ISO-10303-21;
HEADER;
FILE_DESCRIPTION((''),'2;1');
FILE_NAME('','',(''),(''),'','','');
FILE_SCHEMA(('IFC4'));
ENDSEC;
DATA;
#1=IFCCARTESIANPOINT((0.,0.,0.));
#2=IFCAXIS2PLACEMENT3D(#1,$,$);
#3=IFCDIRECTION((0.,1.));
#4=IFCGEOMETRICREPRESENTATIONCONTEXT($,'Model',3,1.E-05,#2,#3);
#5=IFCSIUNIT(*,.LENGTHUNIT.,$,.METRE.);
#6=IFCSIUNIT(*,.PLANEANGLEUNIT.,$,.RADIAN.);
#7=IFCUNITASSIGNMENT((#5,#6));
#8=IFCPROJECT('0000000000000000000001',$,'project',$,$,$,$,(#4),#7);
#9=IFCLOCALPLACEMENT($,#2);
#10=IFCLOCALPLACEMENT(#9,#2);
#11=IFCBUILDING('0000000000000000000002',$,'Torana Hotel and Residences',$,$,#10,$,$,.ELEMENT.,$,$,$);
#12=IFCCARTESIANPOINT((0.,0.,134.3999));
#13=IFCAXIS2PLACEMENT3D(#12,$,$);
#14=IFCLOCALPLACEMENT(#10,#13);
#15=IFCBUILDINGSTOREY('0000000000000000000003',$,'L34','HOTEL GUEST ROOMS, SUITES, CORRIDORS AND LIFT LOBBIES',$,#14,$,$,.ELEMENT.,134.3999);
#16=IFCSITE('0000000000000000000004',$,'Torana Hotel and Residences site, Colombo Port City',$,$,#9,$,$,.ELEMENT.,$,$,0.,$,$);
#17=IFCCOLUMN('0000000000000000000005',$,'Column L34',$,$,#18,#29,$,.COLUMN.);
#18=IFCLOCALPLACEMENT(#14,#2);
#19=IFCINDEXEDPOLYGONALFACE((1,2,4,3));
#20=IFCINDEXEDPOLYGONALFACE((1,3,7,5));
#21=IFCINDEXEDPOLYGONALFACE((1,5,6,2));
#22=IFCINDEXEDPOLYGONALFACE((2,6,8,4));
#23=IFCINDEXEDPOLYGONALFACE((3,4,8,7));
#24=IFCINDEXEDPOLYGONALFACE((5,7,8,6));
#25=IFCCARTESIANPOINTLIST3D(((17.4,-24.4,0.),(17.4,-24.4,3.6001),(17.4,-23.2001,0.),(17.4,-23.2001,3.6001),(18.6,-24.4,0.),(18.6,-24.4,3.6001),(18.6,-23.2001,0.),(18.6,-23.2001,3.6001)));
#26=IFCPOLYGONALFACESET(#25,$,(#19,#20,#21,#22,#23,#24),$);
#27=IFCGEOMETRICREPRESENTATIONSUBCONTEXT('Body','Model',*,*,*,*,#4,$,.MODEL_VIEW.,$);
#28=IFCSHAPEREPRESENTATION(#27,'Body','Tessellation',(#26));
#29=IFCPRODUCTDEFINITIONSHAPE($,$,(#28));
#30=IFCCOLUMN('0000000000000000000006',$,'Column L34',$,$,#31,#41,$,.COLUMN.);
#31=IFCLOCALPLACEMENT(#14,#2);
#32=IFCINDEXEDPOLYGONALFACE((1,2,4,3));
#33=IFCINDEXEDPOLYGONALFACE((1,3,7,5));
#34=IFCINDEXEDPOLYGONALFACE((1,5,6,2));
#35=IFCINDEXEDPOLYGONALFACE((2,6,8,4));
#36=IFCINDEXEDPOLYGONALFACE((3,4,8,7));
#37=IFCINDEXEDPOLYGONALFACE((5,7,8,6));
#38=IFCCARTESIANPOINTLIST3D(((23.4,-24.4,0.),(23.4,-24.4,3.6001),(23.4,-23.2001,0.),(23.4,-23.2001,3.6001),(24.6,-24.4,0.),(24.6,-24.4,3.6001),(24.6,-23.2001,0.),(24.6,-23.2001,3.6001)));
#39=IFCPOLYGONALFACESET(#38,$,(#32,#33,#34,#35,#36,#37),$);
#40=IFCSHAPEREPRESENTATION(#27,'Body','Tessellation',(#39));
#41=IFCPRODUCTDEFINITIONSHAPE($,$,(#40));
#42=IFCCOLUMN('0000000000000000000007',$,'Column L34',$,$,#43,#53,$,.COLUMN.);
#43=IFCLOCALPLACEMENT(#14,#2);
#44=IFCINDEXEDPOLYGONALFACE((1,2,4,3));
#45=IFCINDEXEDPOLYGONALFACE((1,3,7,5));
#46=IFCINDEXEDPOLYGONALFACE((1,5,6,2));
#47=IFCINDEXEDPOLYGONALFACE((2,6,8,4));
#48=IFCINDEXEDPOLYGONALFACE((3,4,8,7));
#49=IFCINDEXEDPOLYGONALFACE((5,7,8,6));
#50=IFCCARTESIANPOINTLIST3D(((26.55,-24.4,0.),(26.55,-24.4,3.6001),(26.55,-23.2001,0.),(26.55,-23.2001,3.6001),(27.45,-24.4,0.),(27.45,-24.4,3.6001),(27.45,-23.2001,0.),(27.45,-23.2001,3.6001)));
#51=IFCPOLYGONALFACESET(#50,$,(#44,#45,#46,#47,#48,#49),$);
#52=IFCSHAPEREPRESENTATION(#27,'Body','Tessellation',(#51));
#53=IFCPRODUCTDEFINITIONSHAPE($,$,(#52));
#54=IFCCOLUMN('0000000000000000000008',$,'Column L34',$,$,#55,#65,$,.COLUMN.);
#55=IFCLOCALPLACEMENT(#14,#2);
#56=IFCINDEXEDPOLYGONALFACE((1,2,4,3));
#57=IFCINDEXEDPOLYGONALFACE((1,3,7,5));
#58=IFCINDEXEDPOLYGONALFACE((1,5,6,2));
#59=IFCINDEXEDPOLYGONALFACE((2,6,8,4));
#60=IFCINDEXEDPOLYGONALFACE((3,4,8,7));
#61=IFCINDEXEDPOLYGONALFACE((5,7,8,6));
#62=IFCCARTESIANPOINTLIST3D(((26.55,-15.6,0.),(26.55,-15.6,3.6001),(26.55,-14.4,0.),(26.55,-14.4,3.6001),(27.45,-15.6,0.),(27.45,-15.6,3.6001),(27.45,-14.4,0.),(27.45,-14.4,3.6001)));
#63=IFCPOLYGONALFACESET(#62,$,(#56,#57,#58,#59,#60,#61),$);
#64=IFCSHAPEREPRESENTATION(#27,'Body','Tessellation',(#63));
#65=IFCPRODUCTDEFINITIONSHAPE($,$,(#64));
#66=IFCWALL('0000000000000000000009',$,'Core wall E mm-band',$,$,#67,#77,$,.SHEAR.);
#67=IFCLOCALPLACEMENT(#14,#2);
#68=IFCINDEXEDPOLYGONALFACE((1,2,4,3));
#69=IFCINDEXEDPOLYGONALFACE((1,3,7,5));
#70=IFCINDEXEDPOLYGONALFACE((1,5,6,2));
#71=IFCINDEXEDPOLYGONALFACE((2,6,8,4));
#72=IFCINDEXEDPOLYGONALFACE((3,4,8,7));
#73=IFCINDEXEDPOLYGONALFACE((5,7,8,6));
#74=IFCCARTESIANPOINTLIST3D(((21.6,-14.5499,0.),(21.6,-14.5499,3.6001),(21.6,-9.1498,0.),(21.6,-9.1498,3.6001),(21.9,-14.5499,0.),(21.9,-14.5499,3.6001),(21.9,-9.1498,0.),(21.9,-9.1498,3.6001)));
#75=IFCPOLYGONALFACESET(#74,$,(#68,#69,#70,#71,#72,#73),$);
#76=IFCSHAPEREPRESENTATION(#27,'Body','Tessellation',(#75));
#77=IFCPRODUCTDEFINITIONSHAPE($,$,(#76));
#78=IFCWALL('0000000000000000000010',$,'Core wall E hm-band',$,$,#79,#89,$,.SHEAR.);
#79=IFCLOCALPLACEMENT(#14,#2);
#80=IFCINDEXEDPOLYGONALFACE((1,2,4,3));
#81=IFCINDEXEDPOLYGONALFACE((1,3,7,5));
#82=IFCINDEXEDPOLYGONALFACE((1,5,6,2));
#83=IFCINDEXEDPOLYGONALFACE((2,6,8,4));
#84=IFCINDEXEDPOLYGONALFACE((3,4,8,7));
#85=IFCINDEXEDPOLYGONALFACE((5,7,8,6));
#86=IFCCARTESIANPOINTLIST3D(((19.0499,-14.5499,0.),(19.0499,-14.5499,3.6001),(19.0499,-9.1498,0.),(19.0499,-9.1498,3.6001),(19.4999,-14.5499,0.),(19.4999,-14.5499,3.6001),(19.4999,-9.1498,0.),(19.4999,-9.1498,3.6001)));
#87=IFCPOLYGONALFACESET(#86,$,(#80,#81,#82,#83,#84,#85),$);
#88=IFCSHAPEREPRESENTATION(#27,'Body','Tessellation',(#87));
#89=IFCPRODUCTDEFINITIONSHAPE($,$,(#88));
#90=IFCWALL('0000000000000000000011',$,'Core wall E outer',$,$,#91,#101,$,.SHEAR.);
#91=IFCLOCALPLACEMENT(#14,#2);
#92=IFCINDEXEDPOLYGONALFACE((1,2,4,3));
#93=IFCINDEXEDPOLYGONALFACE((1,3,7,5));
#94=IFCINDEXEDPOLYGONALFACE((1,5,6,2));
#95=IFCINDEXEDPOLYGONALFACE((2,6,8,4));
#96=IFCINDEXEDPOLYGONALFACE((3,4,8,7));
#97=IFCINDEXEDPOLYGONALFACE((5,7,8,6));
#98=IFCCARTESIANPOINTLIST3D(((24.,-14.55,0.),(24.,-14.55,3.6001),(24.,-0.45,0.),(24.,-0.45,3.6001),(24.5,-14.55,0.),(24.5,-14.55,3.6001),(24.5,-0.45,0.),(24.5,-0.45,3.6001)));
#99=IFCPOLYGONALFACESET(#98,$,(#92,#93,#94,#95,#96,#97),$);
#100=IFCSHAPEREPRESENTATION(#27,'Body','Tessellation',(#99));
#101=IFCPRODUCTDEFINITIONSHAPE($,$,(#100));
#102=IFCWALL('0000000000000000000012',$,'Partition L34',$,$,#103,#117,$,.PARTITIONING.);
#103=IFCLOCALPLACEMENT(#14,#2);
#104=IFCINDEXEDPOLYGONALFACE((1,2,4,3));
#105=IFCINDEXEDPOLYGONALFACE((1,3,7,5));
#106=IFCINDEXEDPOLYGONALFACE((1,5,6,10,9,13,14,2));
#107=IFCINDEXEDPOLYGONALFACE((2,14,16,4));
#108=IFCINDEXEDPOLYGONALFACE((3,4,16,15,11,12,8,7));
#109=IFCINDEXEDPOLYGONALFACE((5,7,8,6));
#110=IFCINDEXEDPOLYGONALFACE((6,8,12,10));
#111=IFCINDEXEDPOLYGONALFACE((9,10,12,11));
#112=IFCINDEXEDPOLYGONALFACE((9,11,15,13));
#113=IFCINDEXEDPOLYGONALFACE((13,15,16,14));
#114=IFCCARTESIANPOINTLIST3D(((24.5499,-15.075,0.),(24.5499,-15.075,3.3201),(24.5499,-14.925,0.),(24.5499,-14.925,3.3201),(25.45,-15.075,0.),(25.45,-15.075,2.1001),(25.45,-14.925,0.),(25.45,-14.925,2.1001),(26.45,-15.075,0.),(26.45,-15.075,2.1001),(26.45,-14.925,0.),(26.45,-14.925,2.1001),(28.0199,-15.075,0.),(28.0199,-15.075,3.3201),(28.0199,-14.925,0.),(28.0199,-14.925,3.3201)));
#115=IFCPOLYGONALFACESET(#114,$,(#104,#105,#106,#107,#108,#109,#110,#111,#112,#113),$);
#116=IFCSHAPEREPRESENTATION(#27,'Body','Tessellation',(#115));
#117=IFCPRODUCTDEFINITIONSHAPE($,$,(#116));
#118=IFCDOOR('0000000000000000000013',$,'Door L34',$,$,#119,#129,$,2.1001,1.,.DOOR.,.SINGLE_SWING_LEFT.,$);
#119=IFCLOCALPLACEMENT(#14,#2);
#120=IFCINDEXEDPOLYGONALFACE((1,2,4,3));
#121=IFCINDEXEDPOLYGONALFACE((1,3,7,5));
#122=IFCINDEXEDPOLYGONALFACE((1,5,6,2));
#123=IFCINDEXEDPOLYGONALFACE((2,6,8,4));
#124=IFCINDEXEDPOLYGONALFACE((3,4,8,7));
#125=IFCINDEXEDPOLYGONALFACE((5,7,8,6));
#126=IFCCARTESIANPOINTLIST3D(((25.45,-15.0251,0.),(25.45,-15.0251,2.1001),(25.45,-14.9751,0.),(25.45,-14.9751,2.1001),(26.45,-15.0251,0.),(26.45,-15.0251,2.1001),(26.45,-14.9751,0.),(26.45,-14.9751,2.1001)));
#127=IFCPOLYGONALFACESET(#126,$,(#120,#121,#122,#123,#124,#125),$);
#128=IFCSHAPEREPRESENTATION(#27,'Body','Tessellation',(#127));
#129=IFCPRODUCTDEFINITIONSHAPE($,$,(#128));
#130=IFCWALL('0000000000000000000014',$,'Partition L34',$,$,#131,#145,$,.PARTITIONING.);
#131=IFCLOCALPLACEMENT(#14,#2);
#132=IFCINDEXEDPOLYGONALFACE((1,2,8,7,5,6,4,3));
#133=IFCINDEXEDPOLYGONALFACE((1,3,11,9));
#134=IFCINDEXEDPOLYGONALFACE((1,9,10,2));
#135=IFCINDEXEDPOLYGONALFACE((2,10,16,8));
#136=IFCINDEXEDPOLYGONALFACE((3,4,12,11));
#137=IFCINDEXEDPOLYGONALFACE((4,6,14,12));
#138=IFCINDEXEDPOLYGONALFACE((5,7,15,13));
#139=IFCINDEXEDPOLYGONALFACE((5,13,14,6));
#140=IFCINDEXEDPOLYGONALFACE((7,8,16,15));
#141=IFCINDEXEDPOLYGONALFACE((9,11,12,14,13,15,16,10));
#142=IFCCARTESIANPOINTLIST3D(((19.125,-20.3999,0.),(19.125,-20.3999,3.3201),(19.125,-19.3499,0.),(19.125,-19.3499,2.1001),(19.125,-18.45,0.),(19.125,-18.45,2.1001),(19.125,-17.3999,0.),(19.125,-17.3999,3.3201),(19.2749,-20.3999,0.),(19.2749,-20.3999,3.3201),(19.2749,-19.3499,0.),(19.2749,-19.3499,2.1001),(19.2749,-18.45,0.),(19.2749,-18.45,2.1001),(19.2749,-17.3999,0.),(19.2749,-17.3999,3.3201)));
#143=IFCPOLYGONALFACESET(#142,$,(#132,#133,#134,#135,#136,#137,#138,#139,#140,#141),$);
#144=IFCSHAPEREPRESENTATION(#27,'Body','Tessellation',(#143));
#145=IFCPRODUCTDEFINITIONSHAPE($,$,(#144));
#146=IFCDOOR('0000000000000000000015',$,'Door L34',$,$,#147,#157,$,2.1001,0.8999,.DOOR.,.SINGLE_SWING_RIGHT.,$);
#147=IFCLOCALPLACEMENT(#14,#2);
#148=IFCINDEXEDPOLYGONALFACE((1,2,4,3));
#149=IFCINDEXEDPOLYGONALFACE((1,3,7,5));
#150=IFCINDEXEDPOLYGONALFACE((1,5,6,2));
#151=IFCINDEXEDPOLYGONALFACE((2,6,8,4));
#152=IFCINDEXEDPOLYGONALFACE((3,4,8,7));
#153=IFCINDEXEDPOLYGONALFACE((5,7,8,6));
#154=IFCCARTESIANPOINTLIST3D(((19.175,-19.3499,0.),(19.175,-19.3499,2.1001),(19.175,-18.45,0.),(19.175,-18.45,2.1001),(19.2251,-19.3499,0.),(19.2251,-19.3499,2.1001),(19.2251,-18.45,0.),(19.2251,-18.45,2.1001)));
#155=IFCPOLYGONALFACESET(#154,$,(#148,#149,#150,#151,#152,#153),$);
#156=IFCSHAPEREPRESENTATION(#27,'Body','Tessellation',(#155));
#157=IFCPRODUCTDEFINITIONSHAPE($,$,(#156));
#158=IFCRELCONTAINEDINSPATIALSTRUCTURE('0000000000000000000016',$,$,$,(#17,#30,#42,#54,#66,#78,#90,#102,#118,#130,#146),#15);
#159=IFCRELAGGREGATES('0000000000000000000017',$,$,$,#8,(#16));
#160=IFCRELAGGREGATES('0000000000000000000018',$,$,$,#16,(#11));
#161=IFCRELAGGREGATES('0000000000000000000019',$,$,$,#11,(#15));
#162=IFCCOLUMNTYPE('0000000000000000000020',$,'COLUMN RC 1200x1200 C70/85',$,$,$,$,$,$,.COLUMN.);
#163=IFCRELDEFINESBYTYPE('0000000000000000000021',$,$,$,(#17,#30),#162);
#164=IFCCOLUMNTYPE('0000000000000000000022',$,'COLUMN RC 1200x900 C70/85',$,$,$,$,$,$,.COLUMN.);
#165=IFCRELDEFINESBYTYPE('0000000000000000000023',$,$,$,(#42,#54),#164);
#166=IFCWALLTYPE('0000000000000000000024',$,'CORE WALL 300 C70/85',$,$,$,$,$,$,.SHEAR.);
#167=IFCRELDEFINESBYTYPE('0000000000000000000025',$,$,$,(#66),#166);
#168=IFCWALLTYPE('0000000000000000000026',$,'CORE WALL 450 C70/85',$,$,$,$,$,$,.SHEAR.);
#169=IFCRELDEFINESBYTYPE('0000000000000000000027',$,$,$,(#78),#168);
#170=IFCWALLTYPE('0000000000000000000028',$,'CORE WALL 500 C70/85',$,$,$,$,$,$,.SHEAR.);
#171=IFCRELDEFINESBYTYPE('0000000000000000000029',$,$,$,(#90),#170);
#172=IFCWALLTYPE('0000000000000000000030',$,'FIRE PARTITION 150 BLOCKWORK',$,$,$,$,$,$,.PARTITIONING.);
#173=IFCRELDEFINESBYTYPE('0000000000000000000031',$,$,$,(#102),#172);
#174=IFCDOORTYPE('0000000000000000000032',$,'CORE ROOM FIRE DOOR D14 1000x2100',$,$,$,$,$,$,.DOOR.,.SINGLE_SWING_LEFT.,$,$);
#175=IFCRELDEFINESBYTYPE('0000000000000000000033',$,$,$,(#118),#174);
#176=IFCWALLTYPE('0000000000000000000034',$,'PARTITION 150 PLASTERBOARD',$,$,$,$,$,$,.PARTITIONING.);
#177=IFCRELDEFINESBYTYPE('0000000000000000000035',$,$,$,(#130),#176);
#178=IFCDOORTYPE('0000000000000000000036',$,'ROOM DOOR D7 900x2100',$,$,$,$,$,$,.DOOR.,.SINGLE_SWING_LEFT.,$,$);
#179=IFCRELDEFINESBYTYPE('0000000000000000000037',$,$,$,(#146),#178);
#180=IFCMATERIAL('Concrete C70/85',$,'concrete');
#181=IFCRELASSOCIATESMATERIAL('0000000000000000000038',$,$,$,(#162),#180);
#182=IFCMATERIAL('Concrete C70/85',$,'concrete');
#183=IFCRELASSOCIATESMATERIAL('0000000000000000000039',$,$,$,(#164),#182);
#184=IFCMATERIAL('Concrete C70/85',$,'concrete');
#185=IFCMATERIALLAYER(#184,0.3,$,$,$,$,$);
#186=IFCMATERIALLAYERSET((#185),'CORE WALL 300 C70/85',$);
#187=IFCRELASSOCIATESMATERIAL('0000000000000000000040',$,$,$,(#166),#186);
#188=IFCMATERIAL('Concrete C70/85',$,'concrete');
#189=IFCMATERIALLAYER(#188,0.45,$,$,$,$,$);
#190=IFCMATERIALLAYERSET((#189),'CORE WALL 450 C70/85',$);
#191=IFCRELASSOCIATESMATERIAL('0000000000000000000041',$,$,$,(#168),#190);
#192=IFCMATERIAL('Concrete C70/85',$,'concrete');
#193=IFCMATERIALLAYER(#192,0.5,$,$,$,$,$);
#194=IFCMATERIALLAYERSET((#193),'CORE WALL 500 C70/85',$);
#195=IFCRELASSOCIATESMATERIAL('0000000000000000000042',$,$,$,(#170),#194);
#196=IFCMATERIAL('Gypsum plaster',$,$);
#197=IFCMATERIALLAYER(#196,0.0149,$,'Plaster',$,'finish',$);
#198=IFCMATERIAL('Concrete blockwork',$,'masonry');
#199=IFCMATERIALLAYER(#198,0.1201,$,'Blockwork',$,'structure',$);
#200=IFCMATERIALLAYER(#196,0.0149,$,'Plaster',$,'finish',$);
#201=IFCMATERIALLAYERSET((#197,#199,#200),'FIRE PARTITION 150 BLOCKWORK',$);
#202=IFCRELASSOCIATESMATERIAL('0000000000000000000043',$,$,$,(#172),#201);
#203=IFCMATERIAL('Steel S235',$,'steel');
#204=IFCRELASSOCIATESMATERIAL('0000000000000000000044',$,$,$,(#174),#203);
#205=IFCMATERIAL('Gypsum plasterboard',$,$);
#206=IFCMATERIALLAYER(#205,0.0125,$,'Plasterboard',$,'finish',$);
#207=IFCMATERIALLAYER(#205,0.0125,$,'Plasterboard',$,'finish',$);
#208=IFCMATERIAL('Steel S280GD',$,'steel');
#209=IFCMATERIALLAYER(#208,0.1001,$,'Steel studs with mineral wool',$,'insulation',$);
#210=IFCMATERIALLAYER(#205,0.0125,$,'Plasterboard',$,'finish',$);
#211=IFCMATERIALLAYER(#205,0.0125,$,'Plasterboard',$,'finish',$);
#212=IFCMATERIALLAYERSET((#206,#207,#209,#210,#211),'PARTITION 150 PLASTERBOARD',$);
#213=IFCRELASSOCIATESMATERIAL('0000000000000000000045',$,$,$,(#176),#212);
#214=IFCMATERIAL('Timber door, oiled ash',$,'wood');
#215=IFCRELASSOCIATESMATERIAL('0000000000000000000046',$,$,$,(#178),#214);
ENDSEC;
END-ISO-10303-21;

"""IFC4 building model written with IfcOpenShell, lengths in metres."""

from ifc_helpers import new_model, si_unit, direction, frame, frame_2d, origin, origin_2d, place, context, subcontext, project, spatial, rectangle, extrude, material, layer, layer_set, material_profile, profile_set, type_object, element, fill, save


model = new_model("IFC4")

# Units and contexts
model_context = context("Model", 3, precision=1e-05, world=origin(), true_north=direction((0.0, 1.0)))
body_context = subcontext(model_context, "Body", "Model", "MODEL_VIEW")
ifc_project = project(units=[si_unit("LENGTHUNIT", "METRE"), si_unit("PLANEANGLEUNIT", "RADIAN")], contexts=[model_context])

# Site, building, storey
site_placement = place(None, origin())
site = spatial("IfcSite", under=ifc_project, at=site_placement, Name="Torana Hotel and Residences site, Colombo Port City", CompositionType="ELEMENT", RefElevation=0.0)
building_placement = place(site_placement, origin())
building = spatial("IfcBuilding", under=site, at=building_placement, Name="Torana Hotel and Residences", CompositionType="ELEMENT")
storey_placement = place(building_placement, frame((0.0, 0.0, 134.3999)))
storey = spatial("IfcBuildingStorey", under=building, at=storey_placement, Name="L34", Description="HOTEL GUEST ROOMS, SUITES, CORRIDORS AND LIFT LOBBIES", CompositionType="ELEMENT", Elevation=134.3999)

# Columns
ifc_material_1 = material(Name="Concrete C70/85", Category="concrete")
ifc_material_profile_1 = material_profile(ifc_material_1, rectangle(XDim=1.2, YDim=1.2, at=origin_2d()), Name="RC 1200x1200")
ifc_profile_set_1 = profile_set([ifc_material_profile_1], Name="Concrete C70/85")
column_type_1 = type_object("IfcColumnType", Name="COLUMN RC 1200x1200 C70/85", PredefinedType="COLUMN", material=ifc_profile_set_1)
for number, where, z_axis, x_axis, name in (
    (1, (18.0, -23.8, 0.0), (0.0, 0.0, 1.0), (1.0, 0.0, 0.0), "Column L34"),
    (2, (24.0, -23.8, 0.0), (0.0, 0.0, 1.0), (1.0, 0.0, 0.0), "Column L34"),
):
    element("IfcColumn", number, at=place(storey_placement, frame(where, z_axis=z_axis, x_axis=x_axis)), inside=storey, type_object=column_type_1, Name=name, PredefinedType="COLUMN", context=body_context, shape_type="SweptSolid", body=[
        extrude(rectangle(XDim=1.2, YDim=1.2, at=origin_2d()), origin(), (0.0, 0.0, 1.0), 3.6001),
    ])
ifc_material_2 = material(Name="Concrete C70/85", Category="concrete")
ifc_material_profile_2 = material_profile(ifc_material_2, rectangle(XDim=1.2, YDim=0.8999, at=origin_2d()), Name="RC 1200x900")
ifc_profile_set_2 = profile_set([ifc_material_profile_2], Name="Concrete C70/85")
column_type_2 = type_object("IfcColumnType", Name="COLUMN RC 1200x900 C70/85", PredefinedType="COLUMN", material=ifc_profile_set_2)
for number, where, z_axis, x_axis, name in (
    (3, (27.0, -23.8, 0.0), (0.0, 0.0, 1.0), (0.0, 1.0, 0.0), "Column L34"),
    (4, (27.0, -15.0, 0.0), (0.0, 0.0, 1.0), (0.0, 1.0, 0.0), "Column L34"),
):
    element("IfcColumn", number, at=place(storey_placement, frame(where, z_axis=z_axis, x_axis=x_axis)), inside=storey, type_object=column_type_2, Name=name, PredefinedType="COLUMN", context=body_context, shape_type="SweptSolid", body=[
        extrude(rectangle(XDim=1.2, YDim=0.8999, at=origin_2d()), origin(), (0.0, 0.0, 1.0), 3.6001),
    ])

# Walls
ifc_material_3 = material(Name="Concrete C70/85", Category="concrete")
ifc_layer_1 = layer(ifc_material_3, 0.3)
ifc_layer_set_1 = layer_set([ifc_layer_1], Name="CORE WALL 300 C70/85")
wall_type_1 = type_object("IfcWallType", Name="CORE WALL 300 C70/85", PredefinedType="SHEAR", material=ifc_layer_set_1)
wall_1_placement = place(storey_placement, frame((21.75, -14.55, 0.0), z_axis=(0.0, 0.0, 1.0), x_axis=(0.0, 1.0, 0.0)))
element("IfcWall", 5, at=wall_1_placement, inside=storey, type_object=wall_type_1, Name="Core wall E mm-band", PredefinedType="SHEAR", context=body_context, shape_type="SweptSolid", body=[
    extrude(rectangle(XDim=5.4001, YDim=0.3, at=frame_2d((2.7002, 0.0))), origin(), (0.0, 0.0, 1.0), 3.6001),
])
ifc_material_4 = material(Name="Concrete C70/85", Category="concrete")
ifc_layer_2 = layer(ifc_material_4, 0.45)
ifc_layer_set_2 = layer_set([ifc_layer_2], Name="CORE WALL 450 C70/85")
wall_type_2 = type_object("IfcWallType", Name="CORE WALL 450 C70/85", PredefinedType="SHEAR", material=ifc_layer_set_2)
wall_2_placement = place(storey_placement, frame((19.2749, -14.55, 0.0), z_axis=(0.0, 0.0, 1.0), x_axis=(0.0, 1.0, 0.0)))
element("IfcWall", 6, at=wall_2_placement, inside=storey, type_object=wall_type_2, Name="Core wall E hm-band", PredefinedType="SHEAR", context=body_context, shape_type="SweptSolid", body=[
    extrude(rectangle(XDim=5.4001, YDim=0.45, at=frame_2d((2.7002, 0.0))), origin(), (0.0, 0.0, 1.0), 3.6001),
])
ifc_material_5 = material(Name="Concrete C70/85", Category="concrete")
ifc_layer_3 = layer(ifc_material_5, 0.5)
ifc_layer_set_3 = layer_set([ifc_layer_3], Name="CORE WALL 500 C70/85")
wall_type_3 = type_object("IfcWallType", Name="CORE WALL 500 C70/85", PredefinedType="SHEAR", material=ifc_layer_set_3)
wall_3_placement = place(storey_placement, frame((24.25, -14.55, 0.0), z_axis=(0.0, 0.0, 1.0), x_axis=(0.0, 1.0, 0.0)))
element("IfcWall", 7, at=wall_3_placement, inside=storey, type_object=wall_type_3, Name="Core wall E outer", PredefinedType="SHEAR", context=body_context, shape_type="SweptSolid", body=[
    extrude(rectangle(XDim=14.1001, YDim=0.5, at=frame_2d((7.05, 0.0))), origin(), (0.0, 0.0, 1.0), 3.6001),
])

# Walls, openings, doors
ifc_material_6 = material(Name="Gypsum plaster")
ifc_layer_4 = layer(ifc_material_6, 0.0149, Name="Plaster", Category="finish")
ifc_material_7 = material(Name="Concrete blockwork", Category="masonry")
ifc_layer_5 = layer(ifc_material_7, 0.1201, Name="Blockwork", Category="structure")
ifc_layer_6 = layer(ifc_material_6, 0.0149, Name="Plaster", Category="finish")
ifc_layer_set_4 = layer_set([ifc_layer_4, ifc_layer_5, ifc_layer_6], Name="FIRE PARTITION 150 BLOCKWORK")
wall_type_4 = type_object("IfcWallType", Name="FIRE PARTITION 150 BLOCKWORK", PredefinedType="PARTITIONING", material=ifc_layer_set_4)
wall_4_placement = place(storey_placement, frame((24.55, -15.0, 0.0), z_axis=(0.0, 0.0, 1.0), x_axis=(1.0, 0.0, 0.0)))
wall_4 = element("IfcWall", 8, at=wall_4_placement, inside=storey, type_object=wall_type_4, Name="Partition L34", PredefinedType="PARTITIONING", context=body_context, shape_type="SweptSolid", body=[
    extrude(rectangle(XDim=3.47, YDim=0.1499, at=frame_2d((1.7349, 0.0))), origin(), (0.0, 0.0, 1.0), 3.3201),
])
opening_1_placement = place(wall_4_placement, frame((0.8999, 0.0, 0.0)))
opening_1 = element("IfcOpeningElement", 9, at=opening_1_placement, cuts=wall_4, PredefinedType="OPENING", context=body_context, shape_type="SweptSolid", body=[
    extrude(rectangle(XDim=1.0, YDim=2.1001, at=frame_2d((0.5, 1.05))), frame((0.0, 0.085, 0.0), z_axis=(0.0, -1.0, 0.0), x_axis=(1.0, 0.0, 0.0)), (0.0, 0.0, 1.0), 0.1699),
])
ifc_material_8 = material(Name="Steel S235", Category="steel")
door_type_1 = type_object("IfcDoorType", Name="CORE ROOM FIRE DOOR D14 1000x2100", OperationType="SINGLE_SWING_LEFT", PredefinedType="DOOR", material=ifc_material_8)
door_1_placement = place(opening_1_placement, origin())
door_1 = element("IfcDoor", 10, at=door_1_placement, inside=storey, type_object=door_type_1, Name="Door L34", OperationType="SINGLE_SWING_LEFT", OverallHeight=2.1001, OverallWidth=1.0, PredefinedType="DOOR", context=body_context, shape_type="SweptSolid", body=[
    extrude(rectangle(XDim=1.0, YDim=2.1001, at=frame_2d((0.5, 1.05))), frame((0.0, 0.0249, 0.0), z_axis=(0.0, -1.0, 0.0), x_axis=(1.0, 0.0, 0.0)), (0.0, 0.0, 1.0), 0.05),
])
fill(opening_1, door_1)
ifc_material_9 = material(Name="Gypsum plasterboard")
ifc_layer_7 = layer(ifc_material_9, 0.0125, Name="Plasterboard", Category="finish")
ifc_layer_8 = layer(ifc_material_9, 0.0125, Name="Plasterboard", Category="finish")
ifc_material_10 = material(Name="Steel S280GD", Category="steel")
ifc_layer_9 = layer(ifc_material_10, 0.1001, Name="Steel studs with mineral wool", Category="insulation")
ifc_layer_10 = layer(ifc_material_9, 0.0125, Name="Plasterboard", Category="finish")
ifc_layer_11 = layer(ifc_material_9, 0.0125, Name="Plasterboard", Category="finish")
ifc_layer_set_5 = layer_set([ifc_layer_7, ifc_layer_8, ifc_layer_9, ifc_layer_10, ifc_layer_11], Name="PARTITION 150 PLASTERBOARD")
wall_type_5 = type_object("IfcWallType", Name="PARTITION 150 PLASTERBOARD", PredefinedType="PARTITIONING", material=ifc_layer_set_5)
wall_5_placement = place(storey_placement, frame((19.2, -20.3999, 0.0), z_axis=(0.0, 0.0, 1.0), x_axis=(0.0, 1.0, 0.0)))
wall_5 = element("IfcWall", 11, at=wall_5_placement, inside=storey, type_object=wall_type_5, Name="Partition L34", PredefinedType="PARTITIONING", context=body_context, shape_type="SweptSolid", body=[
    extrude(rectangle(XDim=3.0, YDim=0.1499, at=frame_2d((1.5, 0.0))), origin(), (0.0, 0.0, 1.0), 3.3201),
])
opening_2_placement = place(wall_5_placement, frame((1.05, 0.0, 0.0)))
opening_2 = element("IfcOpeningElement", 12, at=opening_2_placement, cuts=wall_5, PredefinedType="OPENING", context=body_context, shape_type="SweptSolid", body=[
    extrude(rectangle(XDim=0.8999, YDim=2.1001, at=frame_2d((0.45, 1.05))), frame((0.0, 0.085, 0.0), z_axis=(0.0, -1.0, 0.0), x_axis=(1.0, 0.0, 0.0)), (0.0, 0.0, 1.0), 0.1699),
])
ifc_material_11 = material(Name="Timber door, oiled ash", Category="wood")
door_type_2 = type_object("IfcDoorType", Name="ROOM DOOR D7 900x2100", OperationType="SINGLE_SWING_LEFT", PredefinedType="DOOR", material=ifc_material_11)
door_2_placement = place(opening_2_placement, origin())
door_2 = element("IfcDoor", 13, at=door_2_placement, inside=storey, type_object=door_type_2, Name="Door L34", OperationType="SINGLE_SWING_RIGHT", OverallHeight=2.1001, OverallWidth=0.8999, PredefinedType="DOOR", context=body_context, shape_type="SweptSolid", body=[
    extrude(rectangle(XDim=0.8999, YDim=2.1001, at=frame_2d((0.45, 1.05))), frame((0.0, 0.0249, 0.0), z_axis=(0.0, -1.0, 0.0), x_axis=(1.0, 0.0, 0.0)), (0.0, 0.0, 1.0), 0.05),
])
fill(opening_2, door_2)

save(model, "model.ifc")
